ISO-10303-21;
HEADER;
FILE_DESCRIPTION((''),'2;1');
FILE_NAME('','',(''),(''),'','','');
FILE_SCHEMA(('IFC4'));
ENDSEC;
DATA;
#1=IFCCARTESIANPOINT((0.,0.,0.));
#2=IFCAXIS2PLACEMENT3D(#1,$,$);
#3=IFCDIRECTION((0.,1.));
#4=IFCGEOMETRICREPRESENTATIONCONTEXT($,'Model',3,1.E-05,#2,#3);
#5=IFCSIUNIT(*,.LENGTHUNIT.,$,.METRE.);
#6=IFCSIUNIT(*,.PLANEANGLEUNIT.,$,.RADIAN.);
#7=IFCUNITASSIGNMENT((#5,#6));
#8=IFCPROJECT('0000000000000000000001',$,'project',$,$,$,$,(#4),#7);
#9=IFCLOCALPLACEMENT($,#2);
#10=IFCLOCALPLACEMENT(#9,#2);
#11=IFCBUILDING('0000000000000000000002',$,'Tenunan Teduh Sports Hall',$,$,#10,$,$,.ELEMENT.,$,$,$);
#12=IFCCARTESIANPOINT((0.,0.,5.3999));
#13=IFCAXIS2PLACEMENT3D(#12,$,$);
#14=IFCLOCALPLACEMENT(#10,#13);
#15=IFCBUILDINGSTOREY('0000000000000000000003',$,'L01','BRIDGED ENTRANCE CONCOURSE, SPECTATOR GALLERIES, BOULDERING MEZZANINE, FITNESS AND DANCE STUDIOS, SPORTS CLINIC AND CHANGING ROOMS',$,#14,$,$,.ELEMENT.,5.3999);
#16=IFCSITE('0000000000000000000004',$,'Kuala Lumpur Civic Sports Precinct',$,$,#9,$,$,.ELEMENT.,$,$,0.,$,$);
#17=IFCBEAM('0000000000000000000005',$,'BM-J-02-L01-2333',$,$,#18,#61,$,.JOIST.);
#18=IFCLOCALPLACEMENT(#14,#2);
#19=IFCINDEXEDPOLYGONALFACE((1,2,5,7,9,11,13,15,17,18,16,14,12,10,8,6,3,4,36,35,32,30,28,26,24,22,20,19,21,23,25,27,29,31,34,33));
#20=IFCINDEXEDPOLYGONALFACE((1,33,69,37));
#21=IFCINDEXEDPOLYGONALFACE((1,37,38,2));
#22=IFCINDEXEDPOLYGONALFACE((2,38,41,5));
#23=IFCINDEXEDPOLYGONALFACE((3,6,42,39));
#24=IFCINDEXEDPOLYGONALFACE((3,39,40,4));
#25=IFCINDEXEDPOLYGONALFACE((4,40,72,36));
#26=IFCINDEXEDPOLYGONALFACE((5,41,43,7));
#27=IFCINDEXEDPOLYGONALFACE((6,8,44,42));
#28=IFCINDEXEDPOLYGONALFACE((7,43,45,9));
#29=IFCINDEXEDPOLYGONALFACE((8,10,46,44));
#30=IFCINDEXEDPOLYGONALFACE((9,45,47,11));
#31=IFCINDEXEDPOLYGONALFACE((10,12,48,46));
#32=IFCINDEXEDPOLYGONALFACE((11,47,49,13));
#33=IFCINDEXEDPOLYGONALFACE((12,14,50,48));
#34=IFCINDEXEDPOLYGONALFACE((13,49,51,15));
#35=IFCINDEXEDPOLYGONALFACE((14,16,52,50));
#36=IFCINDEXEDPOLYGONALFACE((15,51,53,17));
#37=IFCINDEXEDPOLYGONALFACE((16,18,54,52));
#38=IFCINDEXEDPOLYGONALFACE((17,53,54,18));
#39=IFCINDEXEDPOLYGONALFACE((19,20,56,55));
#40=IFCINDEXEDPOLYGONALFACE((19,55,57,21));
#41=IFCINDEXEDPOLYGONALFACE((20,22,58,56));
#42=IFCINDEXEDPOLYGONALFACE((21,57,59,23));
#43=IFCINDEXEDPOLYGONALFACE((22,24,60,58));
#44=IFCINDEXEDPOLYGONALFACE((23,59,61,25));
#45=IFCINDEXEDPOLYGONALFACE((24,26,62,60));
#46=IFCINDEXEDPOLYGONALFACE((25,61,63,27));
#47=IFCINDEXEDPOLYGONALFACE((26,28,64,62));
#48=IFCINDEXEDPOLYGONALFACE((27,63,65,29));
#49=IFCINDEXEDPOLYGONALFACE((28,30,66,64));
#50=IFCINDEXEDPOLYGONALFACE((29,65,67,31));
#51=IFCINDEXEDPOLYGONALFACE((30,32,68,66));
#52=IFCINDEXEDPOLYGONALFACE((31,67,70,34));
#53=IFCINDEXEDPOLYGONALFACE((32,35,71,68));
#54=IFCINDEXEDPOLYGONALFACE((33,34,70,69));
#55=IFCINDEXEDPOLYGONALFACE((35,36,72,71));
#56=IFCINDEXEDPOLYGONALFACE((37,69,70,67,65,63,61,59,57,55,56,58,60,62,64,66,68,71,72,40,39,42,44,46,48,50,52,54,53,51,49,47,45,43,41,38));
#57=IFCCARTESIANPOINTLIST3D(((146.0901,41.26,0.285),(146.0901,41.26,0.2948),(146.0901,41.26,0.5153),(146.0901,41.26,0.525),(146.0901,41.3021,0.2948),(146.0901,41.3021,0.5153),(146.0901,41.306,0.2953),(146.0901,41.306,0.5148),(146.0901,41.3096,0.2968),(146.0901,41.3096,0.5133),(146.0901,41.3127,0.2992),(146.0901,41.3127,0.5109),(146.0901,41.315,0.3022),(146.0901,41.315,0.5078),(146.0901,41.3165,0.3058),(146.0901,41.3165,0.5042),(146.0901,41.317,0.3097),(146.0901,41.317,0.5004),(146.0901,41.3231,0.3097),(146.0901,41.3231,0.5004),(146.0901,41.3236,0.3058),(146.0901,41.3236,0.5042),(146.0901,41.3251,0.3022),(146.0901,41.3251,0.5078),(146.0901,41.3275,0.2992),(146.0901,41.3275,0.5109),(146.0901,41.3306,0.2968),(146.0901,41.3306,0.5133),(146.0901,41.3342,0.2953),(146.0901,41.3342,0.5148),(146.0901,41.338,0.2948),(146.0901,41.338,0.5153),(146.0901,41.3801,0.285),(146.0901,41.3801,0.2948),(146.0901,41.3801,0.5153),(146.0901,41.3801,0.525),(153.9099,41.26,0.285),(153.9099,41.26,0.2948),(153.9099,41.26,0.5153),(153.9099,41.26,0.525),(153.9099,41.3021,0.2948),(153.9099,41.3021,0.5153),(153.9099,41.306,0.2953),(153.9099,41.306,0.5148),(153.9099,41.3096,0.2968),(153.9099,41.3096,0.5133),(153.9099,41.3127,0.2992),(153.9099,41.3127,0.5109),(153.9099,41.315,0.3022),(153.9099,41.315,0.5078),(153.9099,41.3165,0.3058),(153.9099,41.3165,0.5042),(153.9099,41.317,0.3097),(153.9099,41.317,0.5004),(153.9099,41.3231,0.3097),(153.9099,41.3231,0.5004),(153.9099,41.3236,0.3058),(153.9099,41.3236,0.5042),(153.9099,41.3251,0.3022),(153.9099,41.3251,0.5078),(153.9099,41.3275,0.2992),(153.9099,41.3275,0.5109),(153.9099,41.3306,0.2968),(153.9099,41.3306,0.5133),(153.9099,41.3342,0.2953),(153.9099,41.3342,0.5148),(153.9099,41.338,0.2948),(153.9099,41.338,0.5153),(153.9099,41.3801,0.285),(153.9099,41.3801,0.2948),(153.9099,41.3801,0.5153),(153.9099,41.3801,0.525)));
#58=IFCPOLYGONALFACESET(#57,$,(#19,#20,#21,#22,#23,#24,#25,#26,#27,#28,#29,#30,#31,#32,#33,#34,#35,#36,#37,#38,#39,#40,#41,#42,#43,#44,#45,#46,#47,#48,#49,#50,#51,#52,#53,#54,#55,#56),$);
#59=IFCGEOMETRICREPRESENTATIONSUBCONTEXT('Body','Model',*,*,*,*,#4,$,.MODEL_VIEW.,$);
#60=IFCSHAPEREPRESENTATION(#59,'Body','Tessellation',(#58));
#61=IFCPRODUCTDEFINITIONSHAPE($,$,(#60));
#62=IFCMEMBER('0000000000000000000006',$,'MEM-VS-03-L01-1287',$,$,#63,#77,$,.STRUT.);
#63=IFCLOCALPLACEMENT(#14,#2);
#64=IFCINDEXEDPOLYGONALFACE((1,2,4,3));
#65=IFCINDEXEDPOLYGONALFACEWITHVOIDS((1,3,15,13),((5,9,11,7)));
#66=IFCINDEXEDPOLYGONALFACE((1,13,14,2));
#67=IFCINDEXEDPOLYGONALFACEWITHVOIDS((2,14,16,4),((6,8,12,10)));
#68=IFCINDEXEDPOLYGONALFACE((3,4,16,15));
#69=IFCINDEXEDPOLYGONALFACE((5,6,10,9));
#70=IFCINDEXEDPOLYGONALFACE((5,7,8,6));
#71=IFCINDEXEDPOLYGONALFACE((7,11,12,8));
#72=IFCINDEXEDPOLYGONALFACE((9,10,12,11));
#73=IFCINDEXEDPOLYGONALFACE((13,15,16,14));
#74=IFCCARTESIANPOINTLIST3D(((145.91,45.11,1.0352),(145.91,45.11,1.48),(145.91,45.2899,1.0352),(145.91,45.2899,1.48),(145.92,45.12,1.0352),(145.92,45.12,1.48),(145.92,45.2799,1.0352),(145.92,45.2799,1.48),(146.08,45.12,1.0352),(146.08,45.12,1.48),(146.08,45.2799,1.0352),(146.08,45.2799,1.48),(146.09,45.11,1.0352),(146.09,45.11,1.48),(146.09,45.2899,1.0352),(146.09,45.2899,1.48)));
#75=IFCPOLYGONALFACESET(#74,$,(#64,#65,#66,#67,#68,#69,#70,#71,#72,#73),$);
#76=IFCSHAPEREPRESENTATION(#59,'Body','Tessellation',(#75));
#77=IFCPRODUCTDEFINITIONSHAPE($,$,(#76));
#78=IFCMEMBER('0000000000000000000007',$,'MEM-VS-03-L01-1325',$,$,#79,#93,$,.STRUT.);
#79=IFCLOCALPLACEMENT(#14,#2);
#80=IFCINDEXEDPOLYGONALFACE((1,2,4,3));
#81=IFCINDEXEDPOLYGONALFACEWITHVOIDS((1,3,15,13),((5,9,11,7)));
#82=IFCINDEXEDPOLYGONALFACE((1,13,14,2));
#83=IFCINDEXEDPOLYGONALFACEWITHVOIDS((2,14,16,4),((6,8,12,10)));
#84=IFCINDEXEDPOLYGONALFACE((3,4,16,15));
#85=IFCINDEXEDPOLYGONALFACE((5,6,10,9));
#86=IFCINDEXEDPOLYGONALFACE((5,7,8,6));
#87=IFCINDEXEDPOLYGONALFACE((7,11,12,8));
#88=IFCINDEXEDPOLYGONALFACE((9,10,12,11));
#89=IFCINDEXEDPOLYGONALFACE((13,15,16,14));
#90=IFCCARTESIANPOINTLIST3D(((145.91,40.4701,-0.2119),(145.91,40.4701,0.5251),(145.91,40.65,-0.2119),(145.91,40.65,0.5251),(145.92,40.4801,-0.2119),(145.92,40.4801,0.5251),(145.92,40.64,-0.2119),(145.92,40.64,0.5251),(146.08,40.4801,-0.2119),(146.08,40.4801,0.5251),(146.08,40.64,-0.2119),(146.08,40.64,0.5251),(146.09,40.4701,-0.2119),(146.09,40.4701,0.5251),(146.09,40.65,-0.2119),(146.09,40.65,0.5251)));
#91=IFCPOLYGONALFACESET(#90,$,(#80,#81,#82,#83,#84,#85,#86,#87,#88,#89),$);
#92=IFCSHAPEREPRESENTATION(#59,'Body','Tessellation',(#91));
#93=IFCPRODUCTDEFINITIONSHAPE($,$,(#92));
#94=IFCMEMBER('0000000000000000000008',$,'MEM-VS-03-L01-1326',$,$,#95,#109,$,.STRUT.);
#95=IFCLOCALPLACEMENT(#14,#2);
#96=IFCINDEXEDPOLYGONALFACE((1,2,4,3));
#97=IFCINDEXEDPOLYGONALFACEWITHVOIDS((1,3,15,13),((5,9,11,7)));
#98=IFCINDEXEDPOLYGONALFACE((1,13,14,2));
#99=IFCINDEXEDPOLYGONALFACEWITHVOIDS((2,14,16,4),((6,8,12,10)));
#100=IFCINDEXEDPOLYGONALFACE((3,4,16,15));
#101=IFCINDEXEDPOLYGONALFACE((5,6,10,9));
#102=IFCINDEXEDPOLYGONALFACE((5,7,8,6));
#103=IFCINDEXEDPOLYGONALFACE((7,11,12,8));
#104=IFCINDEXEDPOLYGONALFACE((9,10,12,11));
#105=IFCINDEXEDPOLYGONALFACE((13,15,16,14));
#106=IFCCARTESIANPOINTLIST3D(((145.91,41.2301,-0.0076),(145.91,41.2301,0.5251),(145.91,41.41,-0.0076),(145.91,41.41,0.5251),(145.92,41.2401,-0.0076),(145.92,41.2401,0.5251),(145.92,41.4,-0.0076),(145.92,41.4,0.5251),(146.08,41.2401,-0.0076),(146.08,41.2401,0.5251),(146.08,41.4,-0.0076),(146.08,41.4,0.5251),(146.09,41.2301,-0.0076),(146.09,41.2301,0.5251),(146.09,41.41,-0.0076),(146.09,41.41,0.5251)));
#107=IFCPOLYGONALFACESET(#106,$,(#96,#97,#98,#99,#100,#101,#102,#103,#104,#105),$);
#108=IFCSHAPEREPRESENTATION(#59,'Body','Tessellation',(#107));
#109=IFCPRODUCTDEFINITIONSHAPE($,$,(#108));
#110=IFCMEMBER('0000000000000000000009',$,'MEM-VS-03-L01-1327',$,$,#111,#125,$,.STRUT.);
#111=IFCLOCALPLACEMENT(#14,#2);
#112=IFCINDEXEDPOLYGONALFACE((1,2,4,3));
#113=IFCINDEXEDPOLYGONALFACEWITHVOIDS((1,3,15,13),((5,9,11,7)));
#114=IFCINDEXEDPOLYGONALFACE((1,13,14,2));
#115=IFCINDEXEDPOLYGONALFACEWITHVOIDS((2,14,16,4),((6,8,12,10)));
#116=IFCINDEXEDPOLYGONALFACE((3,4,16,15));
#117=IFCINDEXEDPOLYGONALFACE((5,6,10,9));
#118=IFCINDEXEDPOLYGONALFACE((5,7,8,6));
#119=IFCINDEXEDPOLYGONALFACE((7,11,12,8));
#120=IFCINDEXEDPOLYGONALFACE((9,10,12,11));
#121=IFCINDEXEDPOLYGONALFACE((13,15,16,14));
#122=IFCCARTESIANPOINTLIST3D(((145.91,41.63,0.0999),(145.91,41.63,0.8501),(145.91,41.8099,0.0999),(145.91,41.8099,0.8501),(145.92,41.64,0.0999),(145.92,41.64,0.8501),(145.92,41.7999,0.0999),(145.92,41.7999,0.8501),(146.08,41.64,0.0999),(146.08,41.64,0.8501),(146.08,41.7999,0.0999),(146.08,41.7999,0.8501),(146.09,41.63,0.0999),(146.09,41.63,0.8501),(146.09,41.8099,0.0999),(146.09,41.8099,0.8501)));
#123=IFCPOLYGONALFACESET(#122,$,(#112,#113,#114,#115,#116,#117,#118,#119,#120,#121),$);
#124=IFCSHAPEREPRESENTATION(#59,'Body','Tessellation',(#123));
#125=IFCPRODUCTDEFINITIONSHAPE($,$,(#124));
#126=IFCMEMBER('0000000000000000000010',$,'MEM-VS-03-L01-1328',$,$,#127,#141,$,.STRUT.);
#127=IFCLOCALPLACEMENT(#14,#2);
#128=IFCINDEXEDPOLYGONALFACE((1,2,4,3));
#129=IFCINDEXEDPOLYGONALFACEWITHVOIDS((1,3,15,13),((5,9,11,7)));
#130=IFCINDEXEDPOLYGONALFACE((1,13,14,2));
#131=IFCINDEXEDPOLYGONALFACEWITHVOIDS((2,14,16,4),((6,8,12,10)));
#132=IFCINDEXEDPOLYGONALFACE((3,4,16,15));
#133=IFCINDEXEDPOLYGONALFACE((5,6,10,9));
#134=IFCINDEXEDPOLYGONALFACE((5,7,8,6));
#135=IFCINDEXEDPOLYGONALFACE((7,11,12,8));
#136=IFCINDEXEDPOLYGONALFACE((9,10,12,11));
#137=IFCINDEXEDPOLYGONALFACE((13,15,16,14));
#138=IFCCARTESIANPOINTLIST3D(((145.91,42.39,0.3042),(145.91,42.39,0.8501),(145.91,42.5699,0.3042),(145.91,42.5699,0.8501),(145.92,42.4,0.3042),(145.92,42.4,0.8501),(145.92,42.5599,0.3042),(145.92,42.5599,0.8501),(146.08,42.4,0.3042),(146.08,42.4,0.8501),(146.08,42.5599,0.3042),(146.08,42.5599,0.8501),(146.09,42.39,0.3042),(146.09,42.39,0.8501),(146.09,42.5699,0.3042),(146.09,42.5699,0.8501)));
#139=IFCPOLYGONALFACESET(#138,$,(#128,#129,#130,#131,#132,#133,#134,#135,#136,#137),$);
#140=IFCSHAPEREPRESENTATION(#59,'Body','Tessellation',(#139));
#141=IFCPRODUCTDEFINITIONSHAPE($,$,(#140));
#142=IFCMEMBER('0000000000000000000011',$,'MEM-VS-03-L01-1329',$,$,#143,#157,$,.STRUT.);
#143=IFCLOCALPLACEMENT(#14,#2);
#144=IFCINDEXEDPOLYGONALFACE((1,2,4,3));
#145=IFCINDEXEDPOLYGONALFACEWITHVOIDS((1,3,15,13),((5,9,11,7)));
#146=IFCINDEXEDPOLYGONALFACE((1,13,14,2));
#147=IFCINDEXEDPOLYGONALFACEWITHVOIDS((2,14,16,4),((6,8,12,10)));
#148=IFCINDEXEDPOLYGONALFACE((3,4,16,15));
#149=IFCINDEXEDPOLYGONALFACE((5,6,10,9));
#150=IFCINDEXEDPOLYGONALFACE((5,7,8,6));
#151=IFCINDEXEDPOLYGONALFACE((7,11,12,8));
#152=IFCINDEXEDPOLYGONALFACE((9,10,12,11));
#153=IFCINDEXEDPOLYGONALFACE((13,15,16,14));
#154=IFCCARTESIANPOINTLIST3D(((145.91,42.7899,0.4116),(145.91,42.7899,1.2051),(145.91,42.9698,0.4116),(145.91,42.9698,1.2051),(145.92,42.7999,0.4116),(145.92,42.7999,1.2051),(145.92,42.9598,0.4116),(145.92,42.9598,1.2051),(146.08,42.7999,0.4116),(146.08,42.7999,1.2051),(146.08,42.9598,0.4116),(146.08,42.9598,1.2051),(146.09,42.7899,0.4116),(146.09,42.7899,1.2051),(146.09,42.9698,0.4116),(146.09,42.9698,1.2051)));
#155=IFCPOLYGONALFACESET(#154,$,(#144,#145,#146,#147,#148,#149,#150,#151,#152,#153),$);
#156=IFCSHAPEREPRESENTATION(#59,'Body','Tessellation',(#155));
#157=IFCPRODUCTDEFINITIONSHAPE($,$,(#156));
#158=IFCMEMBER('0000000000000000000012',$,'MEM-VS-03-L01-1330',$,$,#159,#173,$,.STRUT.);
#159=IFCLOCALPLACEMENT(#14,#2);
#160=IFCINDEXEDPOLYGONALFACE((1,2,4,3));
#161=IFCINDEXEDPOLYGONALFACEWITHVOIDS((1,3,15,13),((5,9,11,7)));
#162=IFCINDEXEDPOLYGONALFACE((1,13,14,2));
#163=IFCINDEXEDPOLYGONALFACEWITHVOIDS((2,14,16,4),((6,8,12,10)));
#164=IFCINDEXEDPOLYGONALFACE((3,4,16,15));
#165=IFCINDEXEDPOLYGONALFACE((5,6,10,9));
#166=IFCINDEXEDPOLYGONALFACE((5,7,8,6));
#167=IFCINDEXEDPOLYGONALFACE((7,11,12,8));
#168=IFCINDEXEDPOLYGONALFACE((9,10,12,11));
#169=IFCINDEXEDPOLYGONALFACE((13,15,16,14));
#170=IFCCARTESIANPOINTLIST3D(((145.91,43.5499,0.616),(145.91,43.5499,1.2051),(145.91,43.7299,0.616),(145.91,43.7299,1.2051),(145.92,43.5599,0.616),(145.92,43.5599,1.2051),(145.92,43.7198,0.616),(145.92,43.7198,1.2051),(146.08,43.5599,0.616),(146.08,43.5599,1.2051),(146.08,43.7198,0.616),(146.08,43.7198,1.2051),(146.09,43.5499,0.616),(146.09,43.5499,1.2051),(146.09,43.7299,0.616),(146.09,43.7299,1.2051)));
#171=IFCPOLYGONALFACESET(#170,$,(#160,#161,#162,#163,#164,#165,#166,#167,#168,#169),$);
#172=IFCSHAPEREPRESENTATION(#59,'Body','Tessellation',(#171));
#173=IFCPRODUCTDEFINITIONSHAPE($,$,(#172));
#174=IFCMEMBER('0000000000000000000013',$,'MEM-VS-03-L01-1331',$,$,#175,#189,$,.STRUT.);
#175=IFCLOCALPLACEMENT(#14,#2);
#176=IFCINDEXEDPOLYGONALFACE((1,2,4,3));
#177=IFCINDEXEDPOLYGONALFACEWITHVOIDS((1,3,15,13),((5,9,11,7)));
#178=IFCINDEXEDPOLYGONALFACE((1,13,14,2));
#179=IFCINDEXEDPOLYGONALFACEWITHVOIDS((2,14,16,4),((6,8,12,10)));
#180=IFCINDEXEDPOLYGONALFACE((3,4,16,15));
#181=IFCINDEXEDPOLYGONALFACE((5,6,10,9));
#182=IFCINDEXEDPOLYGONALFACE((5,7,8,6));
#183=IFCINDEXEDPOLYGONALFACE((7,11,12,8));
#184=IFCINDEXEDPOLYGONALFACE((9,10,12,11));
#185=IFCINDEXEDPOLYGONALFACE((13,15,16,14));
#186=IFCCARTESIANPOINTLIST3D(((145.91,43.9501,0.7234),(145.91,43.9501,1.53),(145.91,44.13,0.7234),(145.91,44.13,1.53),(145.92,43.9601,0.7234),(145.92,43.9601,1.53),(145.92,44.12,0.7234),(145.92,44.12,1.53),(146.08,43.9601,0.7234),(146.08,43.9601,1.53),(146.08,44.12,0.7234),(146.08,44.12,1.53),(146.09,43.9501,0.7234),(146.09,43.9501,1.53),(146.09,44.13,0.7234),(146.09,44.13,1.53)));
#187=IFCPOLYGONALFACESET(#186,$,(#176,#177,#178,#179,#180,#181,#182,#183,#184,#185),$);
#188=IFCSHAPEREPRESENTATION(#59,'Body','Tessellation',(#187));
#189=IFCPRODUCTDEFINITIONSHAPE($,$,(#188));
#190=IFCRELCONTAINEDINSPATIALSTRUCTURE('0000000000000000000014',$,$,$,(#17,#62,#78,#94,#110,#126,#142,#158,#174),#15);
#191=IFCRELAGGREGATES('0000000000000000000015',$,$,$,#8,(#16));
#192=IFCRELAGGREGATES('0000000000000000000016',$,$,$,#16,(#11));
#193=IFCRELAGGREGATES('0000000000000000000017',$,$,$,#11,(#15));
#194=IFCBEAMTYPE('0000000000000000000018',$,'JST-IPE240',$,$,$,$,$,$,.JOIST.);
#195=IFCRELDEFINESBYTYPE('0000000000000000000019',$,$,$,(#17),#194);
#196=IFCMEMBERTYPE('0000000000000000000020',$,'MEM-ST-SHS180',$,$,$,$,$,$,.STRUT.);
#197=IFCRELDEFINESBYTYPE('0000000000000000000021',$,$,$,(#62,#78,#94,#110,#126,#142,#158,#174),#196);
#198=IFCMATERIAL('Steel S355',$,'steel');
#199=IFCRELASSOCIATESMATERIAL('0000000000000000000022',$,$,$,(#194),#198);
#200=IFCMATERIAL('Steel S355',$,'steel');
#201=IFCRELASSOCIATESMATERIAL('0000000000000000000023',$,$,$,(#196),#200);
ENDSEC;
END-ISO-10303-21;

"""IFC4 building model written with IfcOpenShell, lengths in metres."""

from ifc_helpers import new_model, si_unit, direction, frame, origin, origin_2d, place, context, subcontext, project, spatial, hollow_rectangle, i_section, extrude, material, material_profile, profile_set, type_object, element, save


model = new_model("IFC4")

# Units and contexts
model_context = context("Model", 3, precision=1e-05, world=origin(), true_north=direction((0.0, 1.0)))
body_context = subcontext(model_context, "Body", "Model", "MODEL_VIEW")
ifc_project = project(units=[si_unit("LENGTHUNIT", "METRE"), si_unit("PLANEANGLEUNIT", "RADIAN")], contexts=[model_context])

# Site, building, storey
site_placement = place(None, origin())
site = spatial("IfcSite", under=ifc_project, at=site_placement, Name="Kuala Lumpur Civic Sports Precinct", CompositionType="ELEMENT", RefElevation=0.0)
building_placement = place(site_placement, origin())
building = spatial("IfcBuilding", under=site, at=building_placement, Name="Tenunan Teduh Sports Hall", CompositionType="ELEMENT")
storey_placement = place(building_placement, frame((0.0, 0.0, 5.3999)))
storey = spatial("IfcBuildingStorey", under=building, at=storey_placement, Name="L01", Description="BRIDGED ENTRANCE CONCOURSE, SPECTATOR GALLERIES, BOULDERING MEZZANINE, FITNESS AND DANCE STUDIOS, SPORTS CLINIC AND CHANGING ROOMS", CompositionType="ELEMENT", Elevation=5.3999)

# Beam
ifc_material_1 = material(Name="Steel S355", Category="steel")
ifc_material_profile_1 = material_profile(ifc_material_1, i_section(OverallWidth=0.1201, OverallDepth=0.24, WebThickness=0.0061, FlangeThickness=0.0098, FilletRadius=0.0149, at=origin_2d()), Name="IPE 240")
ifc_profile_set_1 = profile_set([ifc_material_profile_1], Name="Steel S355")
beam_type_1 = type_object("IfcBeamType", Name="JST-IPE240", PredefinedType="JOIST", material=ifc_profile_set_1)
for number, where, z_axis, x_axis, name in (
    (1, (146.0901, 41.3201, 0.405), (1.0, 0.0, 0.0), (0.0, 1.0, 0.0), "BM-J-02-L01-2333"),
):
    element("IfcBeam", number, at=place(storey_placement, frame(where, z_axis=z_axis, x_axis=x_axis)), inside=storey, type_object=beam_type_1, Name=name, PredefinedType="JOIST", context=body_context, shape_type="SweptSolid", body=[
        extrude(i_section(OverallWidth=0.1201, OverallDepth=0.24, WebThickness=0.0061, FlangeThickness=0.0098, FilletRadius=0.0149, at=origin_2d()), origin(), (0.0, 0.0, 1.0), 7.8198),
    ])

# Members
ifc_material_2 = material(Name="Steel S355", Category="steel")
ifc_material_profile_2 = material_profile(ifc_material_2, hollow_rectangle(XDim=0.1799, YDim=0.1799, WallThickness=0.01, at=origin_2d()), Name="SHS 180x180x10.0")
ifc_profile_set_2 = profile_set([ifc_material_profile_2], Name="Steel S355")
member_type = type_object("IfcMemberType", Name="MEM-ST-SHS180", PredefinedType="STRUT", material=ifc_profile_set_2)
member_1_placement = place(storey_placement, frame((146.0, 45.2, 1.0352), z_axis=(0.0, 0.0, 1.0), x_axis=(1.0, 0.0, 0.0)))
element("IfcMember", 2, at=member_1_placement, inside=storey, type_object=member_type, Name="MEM-VS-03-L01-1287", PredefinedType="STRUT", context=body_context, shape_type="SweptSolid", body=[
    extrude(hollow_rectangle(XDim=0.1799, YDim=0.1799, WallThickness=0.01, at=origin_2d()), origin(), (0.0, 0.0, 1.0), 0.4448),
])
member_2_placement = place(storey_placement, frame((146.0, 40.5601, -0.2119), z_axis=(0.0, 0.0, 1.0), x_axis=(1.0, 0.0, 0.0)))
element("IfcMember", 3, at=member_2_placement, inside=storey, type_object=member_type, Name="MEM-VS-03-L01-1325", PredefinedType="STRUT", context=body_context, shape_type="SweptSolid", body=[
    extrude(hollow_rectangle(XDim=0.1799, YDim=0.1799, WallThickness=0.01, at=origin_2d()), origin(), (0.0, 0.0, 1.0), 0.7371),
])
member_3_placement = place(storey_placement, frame((146.0, 41.3201, -0.0076), z_axis=(0.0, 0.0, 1.0), x_axis=(1.0, 0.0, 0.0)))
element("IfcMember", 4, at=member_3_placement, inside=storey, type_object=member_type, Name="MEM-VS-03-L01-1326", PredefinedType="STRUT", context=body_context, shape_type="SweptSolid", body=[
    extrude(hollow_rectangle(XDim=0.1799, YDim=0.1799, WallThickness=0.01, at=origin_2d()), origin(), (0.0, 0.0, 1.0), 0.5327),
])
member_4_placement = place(storey_placement, frame((146.0, 41.72, 0.0999), z_axis=(0.0, 0.0, 1.0), x_axis=(1.0, 0.0, 0.0)))
element("IfcMember", 5, at=member_4_placement, inside=storey, type_object=member_type, Name="MEM-VS-03-L01-1327", PredefinedType="STRUT", context=body_context, shape_type="SweptSolid", body=[
    extrude(hollow_rectangle(XDim=0.1799, YDim=0.1799, WallThickness=0.01, at=origin_2d()), origin(), (0.0, 0.0, 1.0), 0.7502),
])
member_5_placement = place(storey_placement, frame((146.0, 42.48, 0.3042), z_axis=(0.0, 0.0, 1.0), x_axis=(1.0, 0.0, 0.0)))
element("IfcMember", 6, at=member_5_placement, inside=storey, type_object=member_type, Name="MEM-VS-03-L01-1328", PredefinedType="STRUT", context=body_context, shape_type="SweptSolid", body=[
    extrude(hollow_rectangle(XDim=0.1799, YDim=0.1799, WallThickness=0.01, at=origin_2d()), origin(), (0.0, 0.0, 1.0), 0.5459),
])
member_6_placement = place(storey_placement, frame((146.0, 42.8799, 0.4116), z_axis=(0.0, 0.0, 1.0), x_axis=(1.0, 0.0, 0.0)))
element("IfcMember", 7, at=member_6_placement, inside=storey, type_object=member_type, Name="MEM-VS-03-L01-1329", PredefinedType="STRUT", context=body_context, shape_type="SweptSolid", body=[
    extrude(hollow_rectangle(XDim=0.1799, YDim=0.1799, WallThickness=0.01, at=origin_2d()), origin(), (0.0, 0.0, 1.0), 0.7935),
])
member_7_placement = place(storey_placement, frame((146.0, 43.6399, 0.616), z_axis=(0.0, 0.0, 1.0), x_axis=(1.0, 0.0, 0.0)))
element("IfcMember", 8, at=member_7_placement, inside=storey, type_object=member_type, Name="MEM-VS-03-L01-1330", PredefinedType="STRUT", context=body_context, shape_type="SweptSolid", body=[
    extrude(hollow_rectangle(XDim=0.1799, YDim=0.1799, WallThickness=0.01, at=origin_2d()), origin(), (0.0, 0.0, 1.0), 0.5891),
])
member_8_placement = place(storey_placement, frame((146.0, 44.04, 0.7234), z_axis=(0.0, 0.0, 1.0), x_axis=(1.0, 0.0, 0.0)))
element("IfcMember", 9, at=member_8_placement, inside=storey, type_object=member_type, Name="MEM-VS-03-L01-1331", PredefinedType="STRUT", context=body_context, shape_type="SweptSolid", body=[
    extrude(hollow_rectangle(XDim=0.1799, YDim=0.1799, WallThickness=0.01, at=origin_2d()), origin(), (0.0, 0.0, 1.0), 0.8066),
])

save(model, "model.ifc")
